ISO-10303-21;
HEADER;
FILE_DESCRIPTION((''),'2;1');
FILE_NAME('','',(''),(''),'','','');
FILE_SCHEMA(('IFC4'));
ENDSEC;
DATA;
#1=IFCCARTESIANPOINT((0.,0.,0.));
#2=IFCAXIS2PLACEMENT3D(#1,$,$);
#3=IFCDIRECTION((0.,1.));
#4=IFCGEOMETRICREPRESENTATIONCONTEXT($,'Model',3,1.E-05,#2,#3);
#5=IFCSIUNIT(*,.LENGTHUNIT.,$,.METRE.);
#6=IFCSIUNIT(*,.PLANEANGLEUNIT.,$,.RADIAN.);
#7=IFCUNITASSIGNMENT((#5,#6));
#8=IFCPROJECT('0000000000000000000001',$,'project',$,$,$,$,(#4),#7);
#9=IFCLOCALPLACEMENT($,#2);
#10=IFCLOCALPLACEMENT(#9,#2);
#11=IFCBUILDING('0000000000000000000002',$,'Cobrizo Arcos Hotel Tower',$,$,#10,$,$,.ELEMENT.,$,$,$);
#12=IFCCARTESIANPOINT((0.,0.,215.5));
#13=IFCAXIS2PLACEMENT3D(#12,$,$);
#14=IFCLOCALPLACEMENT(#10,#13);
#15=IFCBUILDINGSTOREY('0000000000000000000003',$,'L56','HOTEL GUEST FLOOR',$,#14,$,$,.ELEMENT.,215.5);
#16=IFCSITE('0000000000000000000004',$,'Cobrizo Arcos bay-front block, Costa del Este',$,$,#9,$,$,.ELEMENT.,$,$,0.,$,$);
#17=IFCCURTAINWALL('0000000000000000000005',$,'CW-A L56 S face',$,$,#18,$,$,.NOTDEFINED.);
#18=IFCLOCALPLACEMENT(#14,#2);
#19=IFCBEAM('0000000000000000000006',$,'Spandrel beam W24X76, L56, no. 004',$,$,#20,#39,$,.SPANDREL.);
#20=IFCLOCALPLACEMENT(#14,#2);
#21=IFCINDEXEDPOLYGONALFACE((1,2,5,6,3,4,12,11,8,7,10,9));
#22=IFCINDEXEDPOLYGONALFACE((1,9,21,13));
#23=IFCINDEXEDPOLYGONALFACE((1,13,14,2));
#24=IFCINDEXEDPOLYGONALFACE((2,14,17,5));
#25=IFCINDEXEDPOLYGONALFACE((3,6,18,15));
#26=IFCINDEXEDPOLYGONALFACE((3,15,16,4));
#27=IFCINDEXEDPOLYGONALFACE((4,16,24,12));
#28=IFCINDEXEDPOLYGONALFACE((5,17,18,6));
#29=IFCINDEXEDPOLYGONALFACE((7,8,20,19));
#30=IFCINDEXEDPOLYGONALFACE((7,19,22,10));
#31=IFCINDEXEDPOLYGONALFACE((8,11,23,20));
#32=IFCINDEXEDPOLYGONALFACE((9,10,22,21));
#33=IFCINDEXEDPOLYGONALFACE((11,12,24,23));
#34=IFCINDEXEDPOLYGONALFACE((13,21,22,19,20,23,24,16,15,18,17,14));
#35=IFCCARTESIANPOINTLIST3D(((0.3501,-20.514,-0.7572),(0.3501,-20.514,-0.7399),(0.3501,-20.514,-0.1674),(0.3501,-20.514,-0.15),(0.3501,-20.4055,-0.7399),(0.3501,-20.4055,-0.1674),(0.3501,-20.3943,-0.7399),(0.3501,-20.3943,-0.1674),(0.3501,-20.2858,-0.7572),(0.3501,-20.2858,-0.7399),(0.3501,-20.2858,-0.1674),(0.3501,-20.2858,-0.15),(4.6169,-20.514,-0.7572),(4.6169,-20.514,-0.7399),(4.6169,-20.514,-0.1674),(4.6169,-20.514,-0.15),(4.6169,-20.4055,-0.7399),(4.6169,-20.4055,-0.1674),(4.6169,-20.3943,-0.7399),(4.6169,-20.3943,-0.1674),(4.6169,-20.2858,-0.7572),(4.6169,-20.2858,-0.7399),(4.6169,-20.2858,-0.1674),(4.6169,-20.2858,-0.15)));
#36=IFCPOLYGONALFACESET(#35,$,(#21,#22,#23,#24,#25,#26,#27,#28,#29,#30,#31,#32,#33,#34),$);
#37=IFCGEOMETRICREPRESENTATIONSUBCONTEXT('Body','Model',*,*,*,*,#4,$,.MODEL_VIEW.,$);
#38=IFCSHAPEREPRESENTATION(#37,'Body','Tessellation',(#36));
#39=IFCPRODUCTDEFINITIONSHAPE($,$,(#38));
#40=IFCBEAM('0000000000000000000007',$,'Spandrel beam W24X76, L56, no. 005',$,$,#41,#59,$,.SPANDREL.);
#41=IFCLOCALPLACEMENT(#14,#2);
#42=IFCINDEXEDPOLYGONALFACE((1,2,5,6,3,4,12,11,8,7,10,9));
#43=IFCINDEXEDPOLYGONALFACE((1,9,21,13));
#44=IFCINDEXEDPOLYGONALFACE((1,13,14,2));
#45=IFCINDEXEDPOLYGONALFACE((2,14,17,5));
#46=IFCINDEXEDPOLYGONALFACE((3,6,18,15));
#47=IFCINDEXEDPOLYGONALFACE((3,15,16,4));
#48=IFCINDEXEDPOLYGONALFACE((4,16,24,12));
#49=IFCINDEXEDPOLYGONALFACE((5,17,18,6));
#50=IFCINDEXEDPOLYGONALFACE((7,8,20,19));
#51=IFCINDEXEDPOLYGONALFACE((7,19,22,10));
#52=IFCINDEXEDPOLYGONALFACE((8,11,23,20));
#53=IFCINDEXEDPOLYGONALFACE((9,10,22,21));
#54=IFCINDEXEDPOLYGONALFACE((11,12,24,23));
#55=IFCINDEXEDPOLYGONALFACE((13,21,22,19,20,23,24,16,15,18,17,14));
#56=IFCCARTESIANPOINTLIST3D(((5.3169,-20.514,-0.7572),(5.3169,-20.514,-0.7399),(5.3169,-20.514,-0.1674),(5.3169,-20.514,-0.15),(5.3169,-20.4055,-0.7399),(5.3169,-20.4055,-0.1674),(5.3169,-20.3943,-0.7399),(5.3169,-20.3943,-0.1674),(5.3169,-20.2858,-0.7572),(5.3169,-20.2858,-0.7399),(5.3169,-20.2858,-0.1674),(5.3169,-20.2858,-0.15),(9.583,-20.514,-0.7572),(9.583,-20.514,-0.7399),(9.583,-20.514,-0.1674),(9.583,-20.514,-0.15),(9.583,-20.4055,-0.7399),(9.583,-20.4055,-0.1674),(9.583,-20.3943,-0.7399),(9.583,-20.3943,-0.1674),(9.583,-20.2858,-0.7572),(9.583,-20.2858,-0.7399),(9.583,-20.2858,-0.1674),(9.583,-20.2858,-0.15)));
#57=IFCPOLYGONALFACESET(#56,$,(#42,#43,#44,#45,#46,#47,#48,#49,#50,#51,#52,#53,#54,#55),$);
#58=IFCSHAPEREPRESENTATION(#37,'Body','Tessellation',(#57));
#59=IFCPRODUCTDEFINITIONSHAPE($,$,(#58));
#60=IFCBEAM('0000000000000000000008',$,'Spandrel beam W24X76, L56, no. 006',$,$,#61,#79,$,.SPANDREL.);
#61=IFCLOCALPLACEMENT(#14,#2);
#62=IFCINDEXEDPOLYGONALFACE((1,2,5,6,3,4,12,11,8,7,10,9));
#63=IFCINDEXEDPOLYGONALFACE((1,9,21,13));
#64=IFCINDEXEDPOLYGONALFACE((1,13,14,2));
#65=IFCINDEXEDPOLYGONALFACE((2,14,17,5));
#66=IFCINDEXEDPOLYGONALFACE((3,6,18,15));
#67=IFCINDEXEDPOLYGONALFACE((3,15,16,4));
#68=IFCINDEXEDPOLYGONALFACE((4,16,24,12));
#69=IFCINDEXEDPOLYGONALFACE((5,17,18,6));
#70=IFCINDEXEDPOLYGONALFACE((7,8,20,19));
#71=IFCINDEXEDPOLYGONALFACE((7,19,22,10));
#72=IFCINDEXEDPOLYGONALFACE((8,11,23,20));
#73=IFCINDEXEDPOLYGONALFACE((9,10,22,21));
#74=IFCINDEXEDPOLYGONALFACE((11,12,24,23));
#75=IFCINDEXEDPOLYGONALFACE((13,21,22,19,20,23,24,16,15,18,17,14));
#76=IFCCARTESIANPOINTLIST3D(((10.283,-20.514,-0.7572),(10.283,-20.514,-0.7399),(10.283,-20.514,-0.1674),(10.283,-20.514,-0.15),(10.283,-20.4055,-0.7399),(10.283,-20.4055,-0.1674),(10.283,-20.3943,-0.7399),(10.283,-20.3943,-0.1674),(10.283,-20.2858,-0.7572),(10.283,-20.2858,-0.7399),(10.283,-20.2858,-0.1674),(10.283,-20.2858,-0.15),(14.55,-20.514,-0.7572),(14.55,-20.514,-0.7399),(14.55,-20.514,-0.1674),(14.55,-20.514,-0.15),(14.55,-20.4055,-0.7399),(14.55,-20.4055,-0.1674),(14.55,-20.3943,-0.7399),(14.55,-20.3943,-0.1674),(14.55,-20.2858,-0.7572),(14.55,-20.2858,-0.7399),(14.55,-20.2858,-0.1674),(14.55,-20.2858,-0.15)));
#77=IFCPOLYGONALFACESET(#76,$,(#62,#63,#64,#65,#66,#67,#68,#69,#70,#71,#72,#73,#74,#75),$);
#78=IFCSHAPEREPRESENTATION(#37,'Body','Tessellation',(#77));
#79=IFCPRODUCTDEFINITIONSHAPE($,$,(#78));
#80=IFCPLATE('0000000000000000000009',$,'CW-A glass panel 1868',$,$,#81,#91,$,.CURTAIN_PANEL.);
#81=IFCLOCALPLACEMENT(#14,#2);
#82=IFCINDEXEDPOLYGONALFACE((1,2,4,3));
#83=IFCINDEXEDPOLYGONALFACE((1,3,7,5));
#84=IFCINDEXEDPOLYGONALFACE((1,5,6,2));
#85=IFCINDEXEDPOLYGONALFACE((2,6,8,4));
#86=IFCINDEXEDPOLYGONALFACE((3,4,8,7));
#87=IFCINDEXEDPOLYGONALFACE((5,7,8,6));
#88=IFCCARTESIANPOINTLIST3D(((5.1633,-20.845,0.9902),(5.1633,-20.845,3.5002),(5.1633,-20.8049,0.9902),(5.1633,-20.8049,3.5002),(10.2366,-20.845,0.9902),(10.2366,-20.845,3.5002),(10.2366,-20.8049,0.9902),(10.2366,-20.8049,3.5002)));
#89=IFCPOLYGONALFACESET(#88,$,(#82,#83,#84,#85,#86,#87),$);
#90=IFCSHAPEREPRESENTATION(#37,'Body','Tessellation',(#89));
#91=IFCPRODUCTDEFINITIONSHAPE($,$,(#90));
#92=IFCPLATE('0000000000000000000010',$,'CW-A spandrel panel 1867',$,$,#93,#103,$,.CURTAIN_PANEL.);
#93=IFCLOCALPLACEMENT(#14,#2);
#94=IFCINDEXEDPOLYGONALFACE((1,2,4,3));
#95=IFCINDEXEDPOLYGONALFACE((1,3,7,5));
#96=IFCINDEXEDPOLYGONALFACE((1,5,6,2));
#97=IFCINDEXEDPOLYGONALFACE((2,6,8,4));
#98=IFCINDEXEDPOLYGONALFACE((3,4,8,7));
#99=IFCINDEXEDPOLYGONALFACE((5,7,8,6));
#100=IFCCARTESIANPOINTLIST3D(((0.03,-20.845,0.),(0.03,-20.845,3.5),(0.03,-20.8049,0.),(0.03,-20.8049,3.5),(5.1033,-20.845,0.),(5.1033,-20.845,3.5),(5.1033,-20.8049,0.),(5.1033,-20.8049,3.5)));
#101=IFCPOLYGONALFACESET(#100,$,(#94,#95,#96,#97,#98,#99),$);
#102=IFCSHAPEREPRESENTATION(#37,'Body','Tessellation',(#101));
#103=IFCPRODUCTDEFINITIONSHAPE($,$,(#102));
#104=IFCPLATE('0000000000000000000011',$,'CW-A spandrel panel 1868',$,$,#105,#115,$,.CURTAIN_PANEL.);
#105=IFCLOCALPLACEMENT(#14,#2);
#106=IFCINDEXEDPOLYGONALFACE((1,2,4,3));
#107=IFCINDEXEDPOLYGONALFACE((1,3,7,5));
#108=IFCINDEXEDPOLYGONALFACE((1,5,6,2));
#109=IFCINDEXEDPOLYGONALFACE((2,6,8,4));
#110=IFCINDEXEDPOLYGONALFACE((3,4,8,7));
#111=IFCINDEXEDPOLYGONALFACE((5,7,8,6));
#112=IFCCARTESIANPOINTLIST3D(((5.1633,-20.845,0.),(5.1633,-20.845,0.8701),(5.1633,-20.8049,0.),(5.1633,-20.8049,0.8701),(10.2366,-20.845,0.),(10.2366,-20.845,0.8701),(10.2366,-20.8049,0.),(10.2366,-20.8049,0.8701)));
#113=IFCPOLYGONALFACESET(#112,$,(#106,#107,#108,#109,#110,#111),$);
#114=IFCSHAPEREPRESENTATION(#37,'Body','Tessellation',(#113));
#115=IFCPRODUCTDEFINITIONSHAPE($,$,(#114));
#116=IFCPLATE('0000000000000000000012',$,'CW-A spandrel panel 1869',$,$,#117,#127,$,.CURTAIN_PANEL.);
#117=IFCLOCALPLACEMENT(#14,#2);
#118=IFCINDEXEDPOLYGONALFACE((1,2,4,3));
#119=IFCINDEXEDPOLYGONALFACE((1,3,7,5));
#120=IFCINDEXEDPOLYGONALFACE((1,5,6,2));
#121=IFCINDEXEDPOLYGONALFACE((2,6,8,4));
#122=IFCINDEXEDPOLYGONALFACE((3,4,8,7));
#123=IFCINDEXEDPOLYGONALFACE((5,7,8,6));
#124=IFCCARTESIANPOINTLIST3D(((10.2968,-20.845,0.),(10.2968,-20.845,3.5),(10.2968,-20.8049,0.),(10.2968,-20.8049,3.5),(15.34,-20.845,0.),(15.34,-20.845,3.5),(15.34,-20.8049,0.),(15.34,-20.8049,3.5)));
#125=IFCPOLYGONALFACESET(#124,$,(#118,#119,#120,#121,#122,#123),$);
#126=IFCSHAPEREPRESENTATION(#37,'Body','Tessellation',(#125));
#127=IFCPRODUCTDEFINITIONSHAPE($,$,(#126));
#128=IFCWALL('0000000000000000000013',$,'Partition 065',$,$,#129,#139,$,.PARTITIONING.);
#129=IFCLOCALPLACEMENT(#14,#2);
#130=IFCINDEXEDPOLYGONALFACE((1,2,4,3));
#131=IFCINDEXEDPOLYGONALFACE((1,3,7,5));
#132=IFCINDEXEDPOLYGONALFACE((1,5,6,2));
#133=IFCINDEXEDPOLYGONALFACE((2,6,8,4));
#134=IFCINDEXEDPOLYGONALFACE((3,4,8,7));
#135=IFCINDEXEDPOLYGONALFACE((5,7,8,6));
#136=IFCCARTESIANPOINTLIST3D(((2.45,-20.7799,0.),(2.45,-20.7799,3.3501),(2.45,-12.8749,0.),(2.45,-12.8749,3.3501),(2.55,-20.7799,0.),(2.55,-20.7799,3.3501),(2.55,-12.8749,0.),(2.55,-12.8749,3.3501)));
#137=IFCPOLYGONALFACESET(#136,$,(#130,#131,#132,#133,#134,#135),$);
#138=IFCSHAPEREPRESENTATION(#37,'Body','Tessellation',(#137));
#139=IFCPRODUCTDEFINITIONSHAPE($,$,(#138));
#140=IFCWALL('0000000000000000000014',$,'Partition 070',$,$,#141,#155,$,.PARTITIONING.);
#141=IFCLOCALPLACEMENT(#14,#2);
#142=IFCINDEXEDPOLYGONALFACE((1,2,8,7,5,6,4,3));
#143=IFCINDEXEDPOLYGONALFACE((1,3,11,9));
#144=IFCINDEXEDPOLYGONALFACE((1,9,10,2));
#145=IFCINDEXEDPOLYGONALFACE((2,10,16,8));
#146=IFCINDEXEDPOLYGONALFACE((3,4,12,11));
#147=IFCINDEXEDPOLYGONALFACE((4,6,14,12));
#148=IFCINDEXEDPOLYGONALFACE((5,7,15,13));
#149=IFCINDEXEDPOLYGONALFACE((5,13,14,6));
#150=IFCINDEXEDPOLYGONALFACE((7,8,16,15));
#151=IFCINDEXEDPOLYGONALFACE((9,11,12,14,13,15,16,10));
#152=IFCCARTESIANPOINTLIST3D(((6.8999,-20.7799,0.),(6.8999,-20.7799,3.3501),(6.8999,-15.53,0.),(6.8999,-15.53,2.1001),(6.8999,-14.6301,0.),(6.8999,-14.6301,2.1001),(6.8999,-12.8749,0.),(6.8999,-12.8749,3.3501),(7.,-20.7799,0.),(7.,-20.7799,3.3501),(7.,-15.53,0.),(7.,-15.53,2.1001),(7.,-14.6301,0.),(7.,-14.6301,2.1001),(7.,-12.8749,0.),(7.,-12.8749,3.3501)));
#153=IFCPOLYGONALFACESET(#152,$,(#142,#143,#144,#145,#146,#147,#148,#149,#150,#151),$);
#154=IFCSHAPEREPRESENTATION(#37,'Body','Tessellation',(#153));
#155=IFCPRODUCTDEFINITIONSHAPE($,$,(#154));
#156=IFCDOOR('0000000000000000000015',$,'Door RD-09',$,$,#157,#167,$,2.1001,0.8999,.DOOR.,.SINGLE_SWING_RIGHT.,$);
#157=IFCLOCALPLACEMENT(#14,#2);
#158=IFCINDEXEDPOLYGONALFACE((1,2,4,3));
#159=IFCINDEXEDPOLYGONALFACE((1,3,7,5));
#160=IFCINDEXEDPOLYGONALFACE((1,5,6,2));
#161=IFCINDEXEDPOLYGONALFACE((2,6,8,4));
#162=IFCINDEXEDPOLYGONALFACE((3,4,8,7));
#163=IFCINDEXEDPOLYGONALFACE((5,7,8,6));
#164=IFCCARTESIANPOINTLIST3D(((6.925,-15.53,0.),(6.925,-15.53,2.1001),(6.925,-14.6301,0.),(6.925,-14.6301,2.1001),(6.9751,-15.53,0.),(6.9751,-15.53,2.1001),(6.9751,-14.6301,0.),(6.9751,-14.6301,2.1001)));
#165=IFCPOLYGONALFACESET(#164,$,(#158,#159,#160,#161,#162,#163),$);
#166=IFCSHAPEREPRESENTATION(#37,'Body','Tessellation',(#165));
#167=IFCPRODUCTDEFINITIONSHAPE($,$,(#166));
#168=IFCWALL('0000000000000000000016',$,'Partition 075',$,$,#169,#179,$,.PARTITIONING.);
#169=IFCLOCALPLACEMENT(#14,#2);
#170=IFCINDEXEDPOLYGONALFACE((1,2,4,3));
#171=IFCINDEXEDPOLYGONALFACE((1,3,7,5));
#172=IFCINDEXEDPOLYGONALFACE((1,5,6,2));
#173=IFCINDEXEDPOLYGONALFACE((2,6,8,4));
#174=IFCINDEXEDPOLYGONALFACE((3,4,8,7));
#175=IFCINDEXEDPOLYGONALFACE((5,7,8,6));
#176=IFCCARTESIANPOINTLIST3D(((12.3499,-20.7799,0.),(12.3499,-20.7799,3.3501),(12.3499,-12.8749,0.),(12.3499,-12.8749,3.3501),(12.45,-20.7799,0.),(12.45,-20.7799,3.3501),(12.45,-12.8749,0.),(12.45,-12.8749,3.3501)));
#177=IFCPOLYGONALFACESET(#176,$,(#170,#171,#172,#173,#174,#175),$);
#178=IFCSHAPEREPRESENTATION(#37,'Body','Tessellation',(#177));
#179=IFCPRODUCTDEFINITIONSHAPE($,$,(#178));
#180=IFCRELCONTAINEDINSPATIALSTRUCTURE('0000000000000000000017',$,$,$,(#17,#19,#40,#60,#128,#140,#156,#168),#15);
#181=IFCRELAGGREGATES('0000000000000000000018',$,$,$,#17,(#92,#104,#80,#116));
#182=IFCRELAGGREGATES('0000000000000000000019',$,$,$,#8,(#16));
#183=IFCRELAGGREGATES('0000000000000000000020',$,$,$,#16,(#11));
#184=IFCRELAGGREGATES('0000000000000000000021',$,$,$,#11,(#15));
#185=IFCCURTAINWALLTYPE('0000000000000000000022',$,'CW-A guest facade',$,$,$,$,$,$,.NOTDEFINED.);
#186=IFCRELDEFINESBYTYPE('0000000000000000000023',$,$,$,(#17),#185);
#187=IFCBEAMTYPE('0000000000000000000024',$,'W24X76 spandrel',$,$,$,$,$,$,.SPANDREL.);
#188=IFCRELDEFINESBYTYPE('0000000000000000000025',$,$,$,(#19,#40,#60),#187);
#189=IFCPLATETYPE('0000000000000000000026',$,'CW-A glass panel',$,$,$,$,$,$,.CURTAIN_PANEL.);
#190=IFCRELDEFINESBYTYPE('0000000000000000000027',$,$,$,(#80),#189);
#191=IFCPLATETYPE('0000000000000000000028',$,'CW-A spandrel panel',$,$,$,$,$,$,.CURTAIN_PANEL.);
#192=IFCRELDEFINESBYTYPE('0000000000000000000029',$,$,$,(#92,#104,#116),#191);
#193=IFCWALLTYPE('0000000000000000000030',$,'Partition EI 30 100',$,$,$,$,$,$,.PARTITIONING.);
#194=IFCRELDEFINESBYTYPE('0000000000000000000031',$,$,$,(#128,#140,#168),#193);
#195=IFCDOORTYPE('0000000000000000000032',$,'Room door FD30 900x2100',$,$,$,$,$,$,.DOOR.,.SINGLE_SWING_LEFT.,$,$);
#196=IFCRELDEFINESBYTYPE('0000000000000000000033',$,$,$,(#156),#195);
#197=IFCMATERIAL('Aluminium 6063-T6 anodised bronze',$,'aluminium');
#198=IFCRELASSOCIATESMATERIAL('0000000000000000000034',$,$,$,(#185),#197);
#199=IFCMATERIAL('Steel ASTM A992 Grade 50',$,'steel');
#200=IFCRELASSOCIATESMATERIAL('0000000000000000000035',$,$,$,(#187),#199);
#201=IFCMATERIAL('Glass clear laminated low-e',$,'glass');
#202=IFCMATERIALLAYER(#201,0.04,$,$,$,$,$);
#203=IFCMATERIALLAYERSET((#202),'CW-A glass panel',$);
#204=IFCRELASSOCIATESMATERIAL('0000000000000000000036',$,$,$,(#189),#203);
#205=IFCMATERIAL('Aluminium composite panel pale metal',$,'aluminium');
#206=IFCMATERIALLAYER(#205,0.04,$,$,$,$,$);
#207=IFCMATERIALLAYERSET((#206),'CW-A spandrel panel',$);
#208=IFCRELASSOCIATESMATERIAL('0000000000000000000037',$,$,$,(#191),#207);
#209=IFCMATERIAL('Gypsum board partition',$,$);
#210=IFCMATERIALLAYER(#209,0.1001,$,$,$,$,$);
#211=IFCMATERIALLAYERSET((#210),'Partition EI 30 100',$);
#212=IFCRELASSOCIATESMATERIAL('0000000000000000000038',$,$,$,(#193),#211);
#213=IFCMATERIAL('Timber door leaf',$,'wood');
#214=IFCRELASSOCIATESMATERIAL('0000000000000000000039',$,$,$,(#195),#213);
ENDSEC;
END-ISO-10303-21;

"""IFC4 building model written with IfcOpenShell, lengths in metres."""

from ifc_helpers import new_model, si_unit, direction, frame, frame_2d, origin, origin_2d, place, context, subcontext, project, spatial, rectangle, i_section, extrude, material, layer, layer_set, material_profile, profile_set, type_object, element, fill, aggregate, save


model = new_model("IFC4")

# Units and contexts
model_context = context("Model", 3, precision=1e-05, world=origin(), true_north=direction((0.0, 1.0)))
body_context = subcontext(model_context, "Body", "Model", "MODEL_VIEW")
ifc_project = project(units=[si_unit("LENGTHUNIT", "METRE"), si_unit("PLANEANGLEUNIT", "RADIAN")], contexts=[model_context])

# Site, building, storey
site_placement = place(None, origin())
site = spatial("IfcSite", under=ifc_project, at=site_placement, Name="Cobrizo Arcos bay-front block, Costa del Este", CompositionType="ELEMENT", RefElevation=0.0)
building_placement = place(site_placement, origin())
building = spatial("IfcBuilding", under=site, at=building_placement, Name="Cobrizo Arcos Hotel Tower", CompositionType="ELEMENT")
storey_placement = place(building_placement, frame((0.0, 0.0, 215.5)))
storey = spatial("IfcBuildingStorey", under=building, at=storey_placement, Name="L56", Description="HOTEL GUEST FLOOR", CompositionType="ELEMENT", Elevation=215.5)

# Curtain wall
ifc_material_1 = material(Name="Aluminium 6063-T6 anodised bronze", Category="aluminium")
curtain_wall_type = type_object("IfcCurtainWallType", Name="CW-A guest facade", PredefinedType="NOTDEFINED", material=ifc_material_1)
curtain_wall_placement = place(storey_placement, origin())
curtain_wall = element("IfcCurtainWall", 1, at=curtain_wall_placement, inside=storey, type_object=curtain_wall_type, Name="CW-A L56 S face", PredefinedType="NOTDEFINED")

# Beams
ifc_material_2 = material(Name="Steel ASTM A992 Grade 50", Category="steel")
ifc_material_profile_1 = material_profile(ifc_material_2, i_section(OverallWidth=0.2283, OverallDepth=0.6072, WebThickness=0.0112, FlangeThickness=0.0173, at=origin_2d()), Name="W24X76")
ifc_profile_set_1 = profile_set([ifc_material_profile_1], Name="Steel ASTM A992 Grade 50")
beam_type_1 = type_object("IfcBeamType", Name="W24X76 spandrel", PredefinedType="SPANDREL", material=ifc_profile_set_1)
beam_1_placement = place(storey_placement, frame((0.3501, -20.3999, -0.4536), z_axis=(1.0, 0.0, 0.0), x_axis=(0.0, 1.0, 0.0)))
element("IfcBeam", 2, at=beam_1_placement, inside=storey, type_object=beam_type_1, Name="Spandrel beam W24X76, L56, no. 004", PredefinedType="SPANDREL", context=body_context, shape_type="SweptSolid", body=[
    extrude(i_section(OverallWidth=0.2283, OverallDepth=0.6072, WebThickness=0.0112, FlangeThickness=0.0173, at=origin_2d()), origin(), (0.0, 0.0, 1.0), 4.2668),
])
beam_2_placement = place(storey_placement, frame((5.3169, -20.3999, -0.4536), z_axis=(1.0, 0.0, 0.0), x_axis=(0.0, 1.0, 0.0)))
element("IfcBeam", 3, at=beam_2_placement, inside=storey, type_object=beam_type_1, Name="Spandrel beam W24X76, L56, no. 005", PredefinedType="SPANDREL", context=body_context, shape_type="SweptSolid", body=[
    extrude(i_section(OverallWidth=0.2283, OverallDepth=0.6072, WebThickness=0.0112, FlangeThickness=0.0173, at=origin_2d()), origin(), (0.0, 0.0, 1.0), 4.2661),
])
beam_3_placement = place(storey_placement, frame((10.283, -20.3999, -0.4536), z_axis=(1.0, 0.0, 0.0), x_axis=(0.0, 1.0, 0.0)))
element("IfcBeam", 4, at=beam_3_placement, inside=storey, type_object=beam_type_1, Name="Spandrel beam W24X76, L56, no. 006", PredefinedType="SPANDREL", context=body_context, shape_type="SweptSolid", body=[
    extrude(i_section(OverallWidth=0.2283, OverallDepth=0.6072, WebThickness=0.0112, FlangeThickness=0.0173, at=origin_2d()), origin(), (0.0, 0.0, 1.0), 4.2671),
])

# Plates
ifc_material_3 = material(Name="Glass clear laminated low-e", Category="glass")
ifc_layer_1 = layer(ifc_material_3, 0.04)
ifc_layer_set_1 = layer_set([ifc_layer_1], Name="CW-A glass panel")
plate_type_1 = type_object("IfcPlateType", Name="CW-A glass panel", PredefinedType="CURTAIN_PANEL", material=ifc_layer_set_1)
plate_1_placement = place(storey_placement, frame((7.7, -20.825, 0.9902), z_axis=(0.0, 0.0, 1.0), x_axis=(1.0, 0.0, 0.0)))
plate_1 = element("IfcPlate", 5, at=plate_1_placement, type_object=plate_type_1, Name="CW-A glass panel 1868", PredefinedType="CURTAIN_PANEL", context=body_context, shape_type="SweptSolid", body=[
    extrude(rectangle(XDim=5.0732, YDim=0.04, at=origin_2d()), origin(), (0.0, 0.0, 1.0), 2.51),
])
ifc_material_4 = material(Name="Aluminium composite panel pale metal", Category="aluminium")
ifc_layer_2 = layer(ifc_material_4, 0.04)
ifc_layer_set_2 = layer_set([ifc_layer_2], Name="CW-A spandrel panel")
plate_type_2 = type_object("IfcPlateType", Name="CW-A spandrel panel", PredefinedType="CURTAIN_PANEL", material=ifc_layer_set_2)
plate_2_placement = place(storey_placement, frame((2.5667, -20.825, 0.0), z_axis=(0.0, 0.0, 1.0), x_axis=(1.0, 0.0, 0.0)))
plate_2 = element("IfcPlate", 6, at=plate_2_placement, type_object=plate_type_2, Name="CW-A spandrel panel 1867", PredefinedType="CURTAIN_PANEL", context=body_context, shape_type="SweptSolid", body=[
    extrude(rectangle(XDim=5.0732, YDim=0.04, at=origin_2d()), origin(), (0.0, 0.0, 1.0), 3.5),
])
plate_3_placement = place(storey_placement, frame((7.7, -20.825, 0.0), z_axis=(0.0, 0.0, 1.0), x_axis=(1.0, 0.0, 0.0)))
plate_3 = element("IfcPlate", 7, at=plate_3_placement, type_object=plate_type_2, Name="CW-A spandrel panel 1868", PredefinedType="CURTAIN_PANEL", context=body_context, shape_type="SweptSolid", body=[
    extrude(rectangle(XDim=5.0732, YDim=0.04, at=origin_2d()), origin(), (0.0, 0.0, 1.0), 0.8701),
])
plate_4_placement = place(storey_placement, frame((12.8184, -20.825, 0.0), z_axis=(0.0, 0.0, 1.0), x_axis=(1.0, 0.0, 0.0)))
plate_4 = element("IfcPlate", 8, at=plate_4_placement, type_object=plate_type_2, Name="CW-A spandrel panel 1869", PredefinedType="CURTAIN_PANEL", context=body_context, shape_type="SweptSolid", body=[
    extrude(rectangle(XDim=5.0432, YDim=0.04, at=origin_2d()), origin(), (0.0, 0.0, 1.0), 3.5),
])
aggregate(curtain_wall, [plate_2, plate_3, plate_1, plate_4])

# Wall
ifc_material_5 = material(Name="Gypsum board partition")
ifc_layer_3 = layer(ifc_material_5, 0.1001)
ifc_layer_set_3 = layer_set([ifc_layer_3], Name="Partition EI 30 100")
wall_type = type_object("IfcWallType", Name="Partition EI 30 100", PredefinedType="PARTITIONING", material=ifc_layer_set_3)
wall_1_placement = place(storey_placement, frame((2.5, -20.78, 0.0), z_axis=(0.0, 0.0, 1.0), x_axis=(0.0, 1.0, 0.0)))
element("IfcWall", 9, at=wall_1_placement, inside=storey, type_object=wall_type, Name="Partition 065", PredefinedType="PARTITIONING", context=body_context, shape_type="SweptSolid", body=[
    extrude(rectangle(XDim=7.905, YDim=0.1001, at=frame_2d((3.9526, 0.0))), origin(), (0.0, 0.0, 1.0), 3.3501),
])

# Wall, opening, door
wall_2_placement = place(storey_placement, frame((6.95, -20.78, 0.0), z_axis=(0.0, 0.0, 1.0), x_axis=(0.0, 1.0, 0.0)))
wall_2 = element("IfcWall", 10, at=wall_2_placement, inside=storey, type_object=wall_type, Name="Partition 070", PredefinedType="PARTITIONING", context=body_context, shape_type="SweptSolid", body=[
    extrude(rectangle(XDim=7.905, YDim=0.1001, at=frame_2d((3.9526, 0.0))), origin(), (0.0, 0.0, 1.0), 3.3501),
])
opening_placement = place(wall_2_placement, frame((5.25, 0.0, 0.0)))
opening = element("IfcOpeningElement", 11, at=opening_placement, cuts=wall_2, PredefinedType="OPENING", context=body_context, shape_type="SweptSolid", body=[
    extrude(rectangle(XDim=0.8999, YDim=2.1001, at=frame_2d((0.45, 1.05))), frame((0.0, 0.062, 0.0), z_axis=(0.0, -1.0, 0.0), x_axis=(1.0, 0.0, 0.0)), (0.0, 0.0, 1.0), 0.124),
])
ifc_material_6 = material(Name="Timber door leaf", Category="wood")
door_type = type_object("IfcDoorType", Name="Room door FD30 900x2100", OperationType="SINGLE_SWING_LEFT", PredefinedType="DOOR", material=ifc_material_6)
door_placement = place(opening_placement, origin())
door = element("IfcDoor", 12, at=door_placement, inside=storey, type_object=door_type, Name="Door RD-09", OperationType="SINGLE_SWING_RIGHT", OverallHeight=2.1001, OverallWidth=0.8999, PredefinedType="DOOR", context=body_context, shape_type="SweptSolid", body=[
    extrude(rectangle(XDim=0.8999, YDim=2.1001, at=frame_2d((0.45, 1.05))), frame((0.0, 0.0249, 0.0), z_axis=(0.0, -1.0, 0.0), x_axis=(1.0, 0.0, 0.0)), (0.0, 0.0, 1.0), 0.05),
])
fill(opening, door)

# Wall
wall_3_placement = place(storey_placement, frame((12.3999, -20.78, 0.0), z_axis=(0.0, 0.0, 1.0), x_axis=(0.0, 1.0, 0.0)))
element("IfcWall", 13, at=wall_3_placement, inside=storey, type_object=wall_type, Name="Partition 075", PredefinedType="PARTITIONING", context=body_context, shape_type="SweptSolid", body=[
    extrude(rectangle(XDim=7.905, YDim=0.1001, at=frame_2d((3.9526, 0.0))), origin(), (0.0, 0.0, 1.0), 3.3501),
])

save(model, "model.ifc")
